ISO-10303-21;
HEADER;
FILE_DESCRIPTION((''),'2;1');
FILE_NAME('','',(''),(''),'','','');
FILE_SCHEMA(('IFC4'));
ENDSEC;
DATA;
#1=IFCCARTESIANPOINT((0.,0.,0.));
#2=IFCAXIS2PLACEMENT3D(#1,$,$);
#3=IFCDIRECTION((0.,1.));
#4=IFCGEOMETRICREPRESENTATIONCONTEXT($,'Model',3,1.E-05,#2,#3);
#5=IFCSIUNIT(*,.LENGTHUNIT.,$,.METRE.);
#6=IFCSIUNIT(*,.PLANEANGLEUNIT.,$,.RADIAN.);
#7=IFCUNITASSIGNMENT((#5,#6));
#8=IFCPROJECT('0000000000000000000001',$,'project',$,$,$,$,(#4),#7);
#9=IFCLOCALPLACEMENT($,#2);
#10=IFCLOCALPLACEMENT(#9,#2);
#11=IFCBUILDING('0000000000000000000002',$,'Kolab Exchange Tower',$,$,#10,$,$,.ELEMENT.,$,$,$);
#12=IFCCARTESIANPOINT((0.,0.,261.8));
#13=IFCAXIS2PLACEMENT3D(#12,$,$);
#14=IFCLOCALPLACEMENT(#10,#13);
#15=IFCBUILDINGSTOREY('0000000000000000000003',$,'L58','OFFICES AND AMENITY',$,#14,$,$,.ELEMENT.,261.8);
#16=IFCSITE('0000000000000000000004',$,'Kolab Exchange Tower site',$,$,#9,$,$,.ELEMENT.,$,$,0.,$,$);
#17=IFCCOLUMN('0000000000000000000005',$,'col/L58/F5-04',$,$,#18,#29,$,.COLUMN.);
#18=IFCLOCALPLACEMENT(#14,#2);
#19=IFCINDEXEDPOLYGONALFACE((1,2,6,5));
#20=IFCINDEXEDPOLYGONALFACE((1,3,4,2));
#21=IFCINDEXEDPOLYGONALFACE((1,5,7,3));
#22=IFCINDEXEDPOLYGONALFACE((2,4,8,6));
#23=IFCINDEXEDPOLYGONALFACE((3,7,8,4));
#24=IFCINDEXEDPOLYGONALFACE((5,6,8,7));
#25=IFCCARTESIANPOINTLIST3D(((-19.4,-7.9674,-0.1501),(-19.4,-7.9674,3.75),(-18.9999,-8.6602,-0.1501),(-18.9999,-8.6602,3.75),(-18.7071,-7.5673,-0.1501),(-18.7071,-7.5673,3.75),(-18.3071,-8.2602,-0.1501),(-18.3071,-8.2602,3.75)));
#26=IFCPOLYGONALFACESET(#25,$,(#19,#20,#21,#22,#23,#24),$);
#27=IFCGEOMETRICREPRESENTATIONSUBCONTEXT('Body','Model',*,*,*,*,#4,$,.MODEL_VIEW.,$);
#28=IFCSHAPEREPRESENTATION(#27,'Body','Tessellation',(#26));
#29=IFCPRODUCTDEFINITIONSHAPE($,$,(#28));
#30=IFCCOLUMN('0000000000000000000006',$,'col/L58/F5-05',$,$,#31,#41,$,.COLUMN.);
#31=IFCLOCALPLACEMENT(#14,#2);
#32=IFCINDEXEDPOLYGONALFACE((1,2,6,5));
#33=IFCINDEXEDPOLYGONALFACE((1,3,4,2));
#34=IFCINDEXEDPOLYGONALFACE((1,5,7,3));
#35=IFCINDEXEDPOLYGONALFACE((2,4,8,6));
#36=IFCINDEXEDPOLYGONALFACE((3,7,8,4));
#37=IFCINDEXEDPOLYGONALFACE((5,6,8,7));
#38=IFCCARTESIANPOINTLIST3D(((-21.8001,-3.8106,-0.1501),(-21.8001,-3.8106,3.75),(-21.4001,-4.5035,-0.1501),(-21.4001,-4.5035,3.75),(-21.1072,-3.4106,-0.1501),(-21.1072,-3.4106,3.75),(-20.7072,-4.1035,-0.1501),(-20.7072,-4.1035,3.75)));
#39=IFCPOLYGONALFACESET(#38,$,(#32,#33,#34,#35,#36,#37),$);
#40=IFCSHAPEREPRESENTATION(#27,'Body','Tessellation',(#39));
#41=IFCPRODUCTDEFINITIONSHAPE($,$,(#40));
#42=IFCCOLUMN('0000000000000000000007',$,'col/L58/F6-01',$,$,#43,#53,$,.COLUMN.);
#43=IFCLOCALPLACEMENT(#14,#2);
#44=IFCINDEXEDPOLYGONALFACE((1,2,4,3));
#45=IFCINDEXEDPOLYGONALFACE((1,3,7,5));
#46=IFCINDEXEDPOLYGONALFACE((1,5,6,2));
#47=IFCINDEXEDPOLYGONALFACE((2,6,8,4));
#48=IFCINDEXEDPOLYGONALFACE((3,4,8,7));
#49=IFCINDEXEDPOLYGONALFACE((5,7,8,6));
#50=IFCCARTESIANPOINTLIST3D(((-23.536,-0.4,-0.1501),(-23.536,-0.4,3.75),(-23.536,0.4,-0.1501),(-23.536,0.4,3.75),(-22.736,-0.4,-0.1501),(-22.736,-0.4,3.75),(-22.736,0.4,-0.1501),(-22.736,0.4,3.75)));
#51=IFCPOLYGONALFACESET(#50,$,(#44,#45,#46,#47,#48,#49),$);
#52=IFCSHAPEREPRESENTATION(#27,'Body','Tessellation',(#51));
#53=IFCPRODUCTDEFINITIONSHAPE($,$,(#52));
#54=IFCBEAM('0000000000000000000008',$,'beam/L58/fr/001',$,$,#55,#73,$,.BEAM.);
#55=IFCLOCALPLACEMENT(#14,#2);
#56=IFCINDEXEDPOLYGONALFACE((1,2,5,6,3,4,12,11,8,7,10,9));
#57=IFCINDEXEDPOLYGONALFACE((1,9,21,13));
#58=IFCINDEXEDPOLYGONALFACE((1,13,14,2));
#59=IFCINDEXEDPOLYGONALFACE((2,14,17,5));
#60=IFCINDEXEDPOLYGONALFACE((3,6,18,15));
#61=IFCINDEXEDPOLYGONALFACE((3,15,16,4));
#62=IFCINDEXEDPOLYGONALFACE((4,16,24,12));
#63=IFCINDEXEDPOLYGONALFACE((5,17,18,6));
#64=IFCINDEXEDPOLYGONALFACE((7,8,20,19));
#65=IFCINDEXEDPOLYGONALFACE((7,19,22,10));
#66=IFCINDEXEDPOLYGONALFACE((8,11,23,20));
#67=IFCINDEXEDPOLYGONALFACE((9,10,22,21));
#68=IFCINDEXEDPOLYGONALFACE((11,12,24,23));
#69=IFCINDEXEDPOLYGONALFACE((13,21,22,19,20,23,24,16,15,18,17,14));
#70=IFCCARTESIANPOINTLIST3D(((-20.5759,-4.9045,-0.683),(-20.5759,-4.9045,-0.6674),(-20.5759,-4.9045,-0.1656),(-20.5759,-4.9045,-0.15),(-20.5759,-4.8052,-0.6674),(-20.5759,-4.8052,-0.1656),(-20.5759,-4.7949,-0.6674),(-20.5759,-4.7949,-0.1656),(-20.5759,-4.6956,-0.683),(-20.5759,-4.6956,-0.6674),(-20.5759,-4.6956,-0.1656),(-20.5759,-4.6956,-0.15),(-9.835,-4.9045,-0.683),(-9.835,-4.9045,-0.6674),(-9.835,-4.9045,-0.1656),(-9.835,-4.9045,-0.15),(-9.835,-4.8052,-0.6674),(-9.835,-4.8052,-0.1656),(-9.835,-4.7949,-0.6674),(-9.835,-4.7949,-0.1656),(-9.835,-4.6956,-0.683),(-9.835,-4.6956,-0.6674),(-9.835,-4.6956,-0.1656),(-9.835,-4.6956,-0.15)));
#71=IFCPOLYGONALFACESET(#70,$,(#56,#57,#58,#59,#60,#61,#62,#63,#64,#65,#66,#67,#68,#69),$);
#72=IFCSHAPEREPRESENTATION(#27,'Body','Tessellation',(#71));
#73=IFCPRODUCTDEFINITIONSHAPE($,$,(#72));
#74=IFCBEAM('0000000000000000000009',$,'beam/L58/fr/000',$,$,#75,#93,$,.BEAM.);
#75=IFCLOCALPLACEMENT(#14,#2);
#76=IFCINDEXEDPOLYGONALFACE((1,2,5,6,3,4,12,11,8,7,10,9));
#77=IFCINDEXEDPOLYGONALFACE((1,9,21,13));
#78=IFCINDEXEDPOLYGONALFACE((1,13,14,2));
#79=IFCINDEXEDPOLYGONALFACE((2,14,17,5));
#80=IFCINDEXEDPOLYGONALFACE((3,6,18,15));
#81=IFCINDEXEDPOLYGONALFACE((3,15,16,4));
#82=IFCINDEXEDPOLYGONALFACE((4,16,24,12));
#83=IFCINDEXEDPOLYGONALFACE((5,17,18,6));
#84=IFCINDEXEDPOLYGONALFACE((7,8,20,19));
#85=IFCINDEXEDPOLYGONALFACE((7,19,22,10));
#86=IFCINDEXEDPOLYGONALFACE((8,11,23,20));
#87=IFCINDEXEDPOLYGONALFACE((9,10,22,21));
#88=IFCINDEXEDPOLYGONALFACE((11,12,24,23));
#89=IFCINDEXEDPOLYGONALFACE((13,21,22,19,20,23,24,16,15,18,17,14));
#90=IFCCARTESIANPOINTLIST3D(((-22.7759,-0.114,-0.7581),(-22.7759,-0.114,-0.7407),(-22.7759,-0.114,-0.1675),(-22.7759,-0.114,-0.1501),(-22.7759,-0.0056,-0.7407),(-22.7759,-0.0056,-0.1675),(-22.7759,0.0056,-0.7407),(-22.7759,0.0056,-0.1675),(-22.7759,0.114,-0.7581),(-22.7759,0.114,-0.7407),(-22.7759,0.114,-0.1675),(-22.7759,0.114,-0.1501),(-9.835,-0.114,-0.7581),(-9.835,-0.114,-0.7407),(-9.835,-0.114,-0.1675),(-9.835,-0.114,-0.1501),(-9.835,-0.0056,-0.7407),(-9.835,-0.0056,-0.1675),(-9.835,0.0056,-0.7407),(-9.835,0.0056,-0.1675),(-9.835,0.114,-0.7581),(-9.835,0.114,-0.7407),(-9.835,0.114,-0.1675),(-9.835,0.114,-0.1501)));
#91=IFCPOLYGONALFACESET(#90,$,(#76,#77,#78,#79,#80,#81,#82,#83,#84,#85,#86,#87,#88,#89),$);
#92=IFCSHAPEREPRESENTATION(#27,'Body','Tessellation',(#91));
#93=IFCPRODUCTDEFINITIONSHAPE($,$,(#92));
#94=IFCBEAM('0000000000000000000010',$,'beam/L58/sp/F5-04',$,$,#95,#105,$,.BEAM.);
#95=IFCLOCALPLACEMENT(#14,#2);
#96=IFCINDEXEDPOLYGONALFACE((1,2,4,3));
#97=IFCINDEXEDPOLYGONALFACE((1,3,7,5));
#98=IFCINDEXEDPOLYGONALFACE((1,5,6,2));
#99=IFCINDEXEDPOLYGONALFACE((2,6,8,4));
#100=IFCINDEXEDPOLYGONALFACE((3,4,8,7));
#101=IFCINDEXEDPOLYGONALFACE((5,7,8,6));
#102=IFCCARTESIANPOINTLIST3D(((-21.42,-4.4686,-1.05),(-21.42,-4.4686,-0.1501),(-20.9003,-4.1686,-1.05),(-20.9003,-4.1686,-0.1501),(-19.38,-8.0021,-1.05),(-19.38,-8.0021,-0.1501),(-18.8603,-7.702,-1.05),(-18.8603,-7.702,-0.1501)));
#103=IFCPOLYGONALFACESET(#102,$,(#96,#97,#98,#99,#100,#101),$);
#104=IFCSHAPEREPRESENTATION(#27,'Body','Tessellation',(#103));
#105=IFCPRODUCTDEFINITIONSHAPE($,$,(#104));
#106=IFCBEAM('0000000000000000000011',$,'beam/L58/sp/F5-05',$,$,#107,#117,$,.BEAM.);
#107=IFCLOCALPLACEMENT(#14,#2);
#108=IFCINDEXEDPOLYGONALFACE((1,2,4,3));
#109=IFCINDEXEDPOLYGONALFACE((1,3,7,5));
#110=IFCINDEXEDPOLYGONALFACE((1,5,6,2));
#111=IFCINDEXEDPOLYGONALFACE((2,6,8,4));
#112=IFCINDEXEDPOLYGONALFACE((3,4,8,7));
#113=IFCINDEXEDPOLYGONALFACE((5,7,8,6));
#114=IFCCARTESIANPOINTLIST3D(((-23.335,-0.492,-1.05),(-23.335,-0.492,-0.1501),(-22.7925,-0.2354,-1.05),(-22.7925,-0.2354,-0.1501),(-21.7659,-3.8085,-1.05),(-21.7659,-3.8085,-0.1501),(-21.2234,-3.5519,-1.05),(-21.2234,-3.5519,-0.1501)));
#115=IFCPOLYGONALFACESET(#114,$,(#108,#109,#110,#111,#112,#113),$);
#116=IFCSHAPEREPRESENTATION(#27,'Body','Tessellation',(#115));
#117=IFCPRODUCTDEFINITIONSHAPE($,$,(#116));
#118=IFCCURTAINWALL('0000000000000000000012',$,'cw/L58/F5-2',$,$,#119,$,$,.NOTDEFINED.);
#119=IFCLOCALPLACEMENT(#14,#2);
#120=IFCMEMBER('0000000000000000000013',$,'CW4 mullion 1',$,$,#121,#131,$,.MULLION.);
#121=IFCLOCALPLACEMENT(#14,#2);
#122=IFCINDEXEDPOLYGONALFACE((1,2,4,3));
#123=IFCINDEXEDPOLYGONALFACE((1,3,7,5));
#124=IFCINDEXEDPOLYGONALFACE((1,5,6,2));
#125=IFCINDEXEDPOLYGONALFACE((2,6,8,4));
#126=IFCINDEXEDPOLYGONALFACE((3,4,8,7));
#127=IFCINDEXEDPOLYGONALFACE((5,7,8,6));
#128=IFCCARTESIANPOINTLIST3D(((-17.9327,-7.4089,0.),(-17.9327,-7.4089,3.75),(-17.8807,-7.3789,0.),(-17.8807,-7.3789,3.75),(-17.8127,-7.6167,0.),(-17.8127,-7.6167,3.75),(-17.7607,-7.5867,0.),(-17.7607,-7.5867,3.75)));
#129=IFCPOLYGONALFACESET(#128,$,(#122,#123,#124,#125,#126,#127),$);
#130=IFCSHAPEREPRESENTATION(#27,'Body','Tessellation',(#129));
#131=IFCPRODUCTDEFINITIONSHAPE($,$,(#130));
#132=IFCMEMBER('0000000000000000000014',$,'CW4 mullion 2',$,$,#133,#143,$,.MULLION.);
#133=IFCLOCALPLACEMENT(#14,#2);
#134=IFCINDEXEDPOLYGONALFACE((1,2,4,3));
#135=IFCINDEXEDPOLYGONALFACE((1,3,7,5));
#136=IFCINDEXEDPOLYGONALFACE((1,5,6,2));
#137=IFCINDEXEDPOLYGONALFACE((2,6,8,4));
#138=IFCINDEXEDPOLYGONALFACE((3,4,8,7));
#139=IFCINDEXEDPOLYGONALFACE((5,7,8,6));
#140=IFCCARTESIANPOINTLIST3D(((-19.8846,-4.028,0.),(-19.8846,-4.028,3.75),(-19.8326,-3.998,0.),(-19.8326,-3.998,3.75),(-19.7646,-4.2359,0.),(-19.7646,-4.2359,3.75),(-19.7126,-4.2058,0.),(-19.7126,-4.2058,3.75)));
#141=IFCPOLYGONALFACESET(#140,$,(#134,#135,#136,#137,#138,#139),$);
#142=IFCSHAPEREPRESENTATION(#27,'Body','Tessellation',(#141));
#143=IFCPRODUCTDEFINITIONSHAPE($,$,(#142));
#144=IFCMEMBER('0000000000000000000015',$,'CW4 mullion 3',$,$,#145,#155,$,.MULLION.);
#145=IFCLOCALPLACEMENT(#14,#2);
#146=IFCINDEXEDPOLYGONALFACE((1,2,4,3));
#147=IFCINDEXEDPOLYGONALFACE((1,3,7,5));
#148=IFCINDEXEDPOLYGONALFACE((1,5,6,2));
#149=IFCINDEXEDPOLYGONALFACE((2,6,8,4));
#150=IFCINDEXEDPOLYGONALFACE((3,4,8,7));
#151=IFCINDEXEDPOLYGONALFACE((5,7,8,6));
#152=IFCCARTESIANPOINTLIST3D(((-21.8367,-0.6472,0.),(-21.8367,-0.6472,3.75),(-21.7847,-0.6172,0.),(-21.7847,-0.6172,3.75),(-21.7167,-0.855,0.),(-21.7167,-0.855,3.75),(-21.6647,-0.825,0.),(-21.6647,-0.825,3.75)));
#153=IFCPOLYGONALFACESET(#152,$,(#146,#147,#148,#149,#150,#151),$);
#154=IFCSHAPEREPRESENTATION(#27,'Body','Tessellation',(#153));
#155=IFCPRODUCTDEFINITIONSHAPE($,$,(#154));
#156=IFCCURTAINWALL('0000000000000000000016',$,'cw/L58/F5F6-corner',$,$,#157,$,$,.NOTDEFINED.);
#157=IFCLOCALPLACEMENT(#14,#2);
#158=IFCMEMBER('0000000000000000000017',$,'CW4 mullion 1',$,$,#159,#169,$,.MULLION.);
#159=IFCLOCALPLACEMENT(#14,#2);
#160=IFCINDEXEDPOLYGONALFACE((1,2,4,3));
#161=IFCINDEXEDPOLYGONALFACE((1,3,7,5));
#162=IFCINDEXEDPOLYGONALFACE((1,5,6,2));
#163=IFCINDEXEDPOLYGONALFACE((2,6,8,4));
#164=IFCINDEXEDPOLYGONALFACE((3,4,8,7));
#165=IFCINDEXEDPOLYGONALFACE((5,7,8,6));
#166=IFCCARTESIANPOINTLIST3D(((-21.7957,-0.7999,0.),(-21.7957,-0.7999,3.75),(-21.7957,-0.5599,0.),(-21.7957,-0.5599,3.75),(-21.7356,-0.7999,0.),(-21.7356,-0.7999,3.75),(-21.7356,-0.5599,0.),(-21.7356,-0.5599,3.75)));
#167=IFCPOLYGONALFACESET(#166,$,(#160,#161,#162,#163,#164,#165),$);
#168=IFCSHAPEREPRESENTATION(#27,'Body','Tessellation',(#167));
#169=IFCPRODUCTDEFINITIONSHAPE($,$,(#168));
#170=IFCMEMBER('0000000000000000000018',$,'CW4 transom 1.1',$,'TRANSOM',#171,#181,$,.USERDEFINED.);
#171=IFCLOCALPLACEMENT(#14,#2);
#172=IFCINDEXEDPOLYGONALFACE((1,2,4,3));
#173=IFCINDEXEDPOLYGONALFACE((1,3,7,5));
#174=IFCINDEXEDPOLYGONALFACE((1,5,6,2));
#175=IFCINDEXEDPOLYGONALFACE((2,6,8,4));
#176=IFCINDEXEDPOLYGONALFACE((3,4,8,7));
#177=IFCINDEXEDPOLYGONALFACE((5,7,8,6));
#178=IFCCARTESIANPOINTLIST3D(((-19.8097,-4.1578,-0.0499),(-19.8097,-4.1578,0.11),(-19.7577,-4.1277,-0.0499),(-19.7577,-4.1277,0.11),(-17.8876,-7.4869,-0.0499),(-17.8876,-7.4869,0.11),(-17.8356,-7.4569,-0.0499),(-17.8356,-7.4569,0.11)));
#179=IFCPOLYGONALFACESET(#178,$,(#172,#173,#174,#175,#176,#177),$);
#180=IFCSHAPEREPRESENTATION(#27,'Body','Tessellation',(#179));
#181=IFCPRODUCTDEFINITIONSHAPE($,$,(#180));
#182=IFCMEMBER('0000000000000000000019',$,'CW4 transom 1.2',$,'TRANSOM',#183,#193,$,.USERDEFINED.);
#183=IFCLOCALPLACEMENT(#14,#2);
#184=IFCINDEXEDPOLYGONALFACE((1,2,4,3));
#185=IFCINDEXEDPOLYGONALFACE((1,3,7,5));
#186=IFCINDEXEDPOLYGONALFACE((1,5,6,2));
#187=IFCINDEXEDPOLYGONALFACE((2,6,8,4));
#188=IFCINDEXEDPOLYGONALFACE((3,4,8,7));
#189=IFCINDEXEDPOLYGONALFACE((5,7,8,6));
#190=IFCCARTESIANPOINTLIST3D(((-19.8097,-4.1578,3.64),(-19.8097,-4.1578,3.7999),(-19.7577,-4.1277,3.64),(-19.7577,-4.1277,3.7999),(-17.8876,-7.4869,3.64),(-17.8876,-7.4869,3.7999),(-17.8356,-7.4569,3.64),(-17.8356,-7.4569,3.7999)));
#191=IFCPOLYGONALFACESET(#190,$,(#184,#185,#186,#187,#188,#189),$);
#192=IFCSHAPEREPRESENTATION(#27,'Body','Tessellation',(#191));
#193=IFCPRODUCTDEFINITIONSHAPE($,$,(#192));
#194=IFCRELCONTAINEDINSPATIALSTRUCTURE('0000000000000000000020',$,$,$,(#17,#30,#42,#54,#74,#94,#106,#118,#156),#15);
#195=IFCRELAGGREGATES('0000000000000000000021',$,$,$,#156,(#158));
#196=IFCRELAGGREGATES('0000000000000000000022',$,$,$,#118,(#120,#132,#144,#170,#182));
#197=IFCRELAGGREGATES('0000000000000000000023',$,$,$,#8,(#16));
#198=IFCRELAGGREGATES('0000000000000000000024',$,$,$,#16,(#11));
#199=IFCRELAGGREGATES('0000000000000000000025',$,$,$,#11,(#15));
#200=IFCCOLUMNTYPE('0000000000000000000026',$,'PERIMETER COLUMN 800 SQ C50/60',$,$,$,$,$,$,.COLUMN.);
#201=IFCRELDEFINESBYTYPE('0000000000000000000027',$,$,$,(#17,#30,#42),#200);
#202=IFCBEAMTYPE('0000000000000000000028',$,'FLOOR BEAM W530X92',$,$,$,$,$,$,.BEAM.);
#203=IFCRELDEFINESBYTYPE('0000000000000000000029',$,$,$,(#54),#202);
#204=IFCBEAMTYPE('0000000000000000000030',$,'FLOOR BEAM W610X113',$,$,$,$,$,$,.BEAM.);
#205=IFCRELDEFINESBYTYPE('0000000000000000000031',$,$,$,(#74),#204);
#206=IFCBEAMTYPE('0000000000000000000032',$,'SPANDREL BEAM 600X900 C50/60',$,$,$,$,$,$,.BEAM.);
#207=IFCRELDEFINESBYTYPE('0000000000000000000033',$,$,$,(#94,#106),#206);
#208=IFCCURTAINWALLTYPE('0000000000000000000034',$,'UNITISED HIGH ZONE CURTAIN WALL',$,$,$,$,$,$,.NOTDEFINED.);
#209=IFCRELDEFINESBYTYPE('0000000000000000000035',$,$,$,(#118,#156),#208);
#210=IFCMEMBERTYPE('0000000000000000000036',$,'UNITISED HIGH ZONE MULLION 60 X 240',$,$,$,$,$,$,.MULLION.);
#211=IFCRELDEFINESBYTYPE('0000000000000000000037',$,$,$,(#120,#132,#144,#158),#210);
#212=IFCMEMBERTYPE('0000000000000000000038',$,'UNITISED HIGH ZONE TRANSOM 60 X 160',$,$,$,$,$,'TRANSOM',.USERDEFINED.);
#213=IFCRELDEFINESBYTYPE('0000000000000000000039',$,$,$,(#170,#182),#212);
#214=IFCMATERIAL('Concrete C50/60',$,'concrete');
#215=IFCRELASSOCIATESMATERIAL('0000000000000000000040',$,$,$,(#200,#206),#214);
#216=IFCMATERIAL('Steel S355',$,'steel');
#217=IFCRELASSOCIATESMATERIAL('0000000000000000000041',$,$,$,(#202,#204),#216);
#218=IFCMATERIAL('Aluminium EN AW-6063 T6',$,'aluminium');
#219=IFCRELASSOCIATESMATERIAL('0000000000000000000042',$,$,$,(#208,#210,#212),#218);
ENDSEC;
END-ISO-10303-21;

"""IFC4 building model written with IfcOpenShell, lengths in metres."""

from ifc_helpers import new_model, si_unit, direction, frame, origin, origin_2d, place, context, subcontext, project, spatial, rectangle, i_section, extrude, material, material_profile, profile_set, type_object, element, aggregate, save


model = new_model("IFC4")

# Units and contexts
model_context = context("Model", 3, precision=1e-05, world=origin(), true_north=direction((0.0, 1.0)))
body_context = subcontext(model_context, "Body", "Model", "MODEL_VIEW")
ifc_project = project(units=[si_unit("LENGTHUNIT", "METRE"), si_unit("PLANEANGLEUNIT", "RADIAN")], contexts=[model_context])

# Site, building, storey
site_placement = place(None, origin())
site = spatial("IfcSite", under=ifc_project, at=site_placement, Name="Kolab Exchange Tower site", CompositionType="ELEMENT", RefElevation=0.0)
building_placement = place(site_placement, origin())
building = spatial("IfcBuilding", under=site, at=building_placement, Name="Kolab Exchange Tower", CompositionType="ELEMENT")
storey_placement = place(building_placement, frame((0.0, 0.0, 261.8)))
storey = spatial("IfcBuildingStorey", under=building, at=storey_placement, Name="L58", Description="OFFICES AND AMENITY", CompositionType="ELEMENT", Elevation=261.8)

# Columns
ifc_material_1 = material(Name="Concrete C50/60", Category="concrete")
ifc_material_profile_1 = material_profile(ifc_material_1, rectangle(XDim=0.8, YDim=0.8, at=origin_2d()), Name="RC800")
ifc_profile_set_1 = profile_set([ifc_material_profile_1], Name="Concrete C50/60")
column_type = type_object("IfcColumnType", Name="PERIMETER COLUMN 800 SQ C50/60", PredefinedType="COLUMN", material=ifc_profile_set_1)
for number, where, z_axis, x_axis, name in (
    (1, (-18.8535, -8.1138, -0.1501), (0.0, 0.0, 1.0), (0.866025, 0.5, 0.0), "col/L58/F5-04"),
    (2, (-21.2537, -3.957, -0.1501), (0.0, 0.0, 1.0), (0.866025, 0.5, 0.0), "col/L58/F5-05"),
    (3, (-23.136, 0.0, -0.1501), (0.0, 0.0, 1.0), (1.0, 0.0, 0.0), "col/L58/F6-01"),
):
    element("IfcColumn", number, at=place(storey_placement, frame(where, z_axis=z_axis, x_axis=x_axis)), inside=storey, type_object=column_type, Name=name, PredefinedType="COLUMN", context=body_context, shape_type="SweptSolid", body=[
        extrude(rectangle(XDim=0.8, YDim=0.8, at=origin_2d()), origin(), (0.0, 0.0, 1.0), 3.9001),
    ])

# Beams
ifc_material_2 = material(Name="Steel S355", Category="steel")
ifc_material_profile_2 = material_profile(ifc_material_2, i_section(OverallWidth=0.209, OverallDepth=0.533, WebThickness=0.0103, FlangeThickness=0.0156, at=origin_2d()), Name="W530X92")
ifc_profile_set_2 = profile_set([ifc_material_profile_2], Name="Steel S355")
beam_type_1 = type_object("IfcBeamType", Name="FLOOR BEAM W530X92", PredefinedType="BEAM", material=ifc_profile_set_2)
beam_1_placement = place(storey_placement, frame((-20.5759, -4.8, -0.4165), z_axis=(1.0, 0.0, 0.0), x_axis=(0.0, 1.0, 0.0)))
element("IfcBeam", 4, at=beam_1_placement, inside=storey, type_object=beam_type_1, Name="beam/L58/fr/001", PredefinedType="BEAM", context=body_context, shape_type="SweptSolid", body=[
    extrude(i_section(OverallWidth=0.209, OverallDepth=0.533, WebThickness=0.0103, FlangeThickness=0.0156, at=origin_2d()), origin(), (0.0, 0.0, 1.0), 10.741),
])
ifc_material_profile_3 = material_profile(ifc_material_2, i_section(OverallWidth=0.228, OverallDepth=0.6079, WebThickness=0.0112, FlangeThickness=0.0173, at=origin_2d()), Name="W610X113")
ifc_profile_set_3 = profile_set([ifc_material_profile_3], Name="Steel S355")
beam_type_2 = type_object("IfcBeamType", Name="FLOOR BEAM W610X113", PredefinedType="BEAM", material=ifc_profile_set_3)
beam_2_placement = place(storey_placement, frame((-22.7759, 0.0, -0.4541), z_axis=(1.0, 0.0, 0.0), x_axis=(0.0, 1.0, 0.0)))
element("IfcBeam", 5, at=beam_2_placement, inside=storey, type_object=beam_type_2, Name="beam/L58/fr/000", PredefinedType="BEAM", context=body_context, shape_type="SweptSolid", body=[
    extrude(i_section(OverallWidth=0.228, OverallDepth=0.6079, WebThickness=0.0112, FlangeThickness=0.0173, at=origin_2d()), origin(), (0.0, 0.0, 1.0), 12.9409),
])
ifc_material_profile_4 = material_profile(ifc_material_1, rectangle(XDim=0.6001, YDim=0.8999, at=origin_2d()), Name="RC600X900")
ifc_profile_set_4 = profile_set([ifc_material_profile_4], Name="Concrete C50/60")
beam_type_3 = type_object("IfcBeamType", Name="SPANDREL BEAM 600X900 C50/60", PredefinedType="BEAM", material=ifc_profile_set_4)
beam_3_placement = place(storey_placement, frame((-19.1201, -7.8521, -0.6001), z_axis=(-0.5, 0.866025, 0.0), x_axis=(-0.866025, -0.5, 0.0)))
element("IfcBeam", 6, at=beam_3_placement, inside=storey, type_object=beam_type_3, Name="beam/L58/sp/F5-04", PredefinedType="BEAM", context=body_context, shape_type="SweptSolid", body=[
    extrude(rectangle(XDim=0.6001, YDim=0.8999, at=origin_2d()), origin(), (0.0, 0.0, 1.0), 4.0801),
])
beam_4_placement = place(storey_placement, frame((-21.4946, -3.6802, -0.6001), z_axis=(-0.427677, 0.903932, 0.0), x_axis=(-0.903932, -0.427677, 0.0)))
element("IfcBeam", 7, at=beam_4_placement, inside=storey, type_object=beam_type_3, Name="beam/L58/sp/F5-05", PredefinedType="BEAM", context=body_context, shape_type="SweptSolid", body=[
    extrude(rectangle(XDim=0.6001, YDim=0.8999, at=origin_2d()), origin(), (0.0, 0.0, 1.0), 3.6689),
])

# Curtain wall, members
ifc_material_3 = material(Name="Aluminium EN AW-6063 T6", Category="aluminium")
curtain_wall_type = type_object("IfcCurtainWallType", Name="UNITISED HIGH ZONE CURTAIN WALL", PredefinedType="NOTDEFINED", material=ifc_material_3)
curtain_wall_1_placement = place(storey_placement, origin())
curtain_wall_1 = element("IfcCurtainWall", 8, at=curtain_wall_1_placement, inside=storey, type_object=curtain_wall_type, Name="cw/L58/F5-2", PredefinedType="NOTDEFINED")
ifc_material_profile_5 = material_profile(ifc_material_3, rectangle(XDim=0.0601, YDim=0.24, at=origin_2d()), Name="RECT 60X240")
ifc_profile_set_5 = profile_set([ifc_material_profile_5], Name="Aluminium EN AW-6063 T6")
member_type_1 = type_object("IfcMemberType", Name="UNITISED HIGH ZONE MULLION 60 X 240", PredefinedType="MULLION", material=ifc_profile_set_5)
member_1_placement = place(storey_placement, frame((-17.8467, -7.4978, 0.0), z_axis=(0.0, 0.0, 1.0), x_axis=(-0.866025, -0.5, 0.0)))
member_1 = element("IfcMember", 9, at=member_1_placement, type_object=member_type_1, Name="CW4 mullion 1", PredefinedType="MULLION", context=body_context, shape_type="SweptSolid", body=[
    extrude(rectangle(XDim=0.0601, YDim=0.24, at=origin_2d()), origin(), (0.0, 0.0, 1.0), 3.75),
])
member_2_placement = place(storey_placement, frame((-19.7986, -4.1169, 0.0), z_axis=(0.0, 0.0, 1.0), x_axis=(-0.866025, -0.5, 0.0)))
member_2 = element("IfcMember", 10, at=member_2_placement, type_object=member_type_1, Name="CW4 mullion 2", PredefinedType="MULLION", context=body_context, shape_type="SweptSolid", body=[
    extrude(rectangle(XDim=0.0601, YDim=0.24, at=origin_2d()), origin(), (0.0, 0.0, 1.0), 3.75),
])
member_3_placement = place(storey_placement, frame((-21.7507, -0.7361, 0.0), z_axis=(0.0, 0.0, 1.0), x_axis=(-0.866025, -0.5, 0.0)))
member_3 = element("IfcMember", 11, at=member_3_placement, type_object=member_type_1, Name="CW4 mullion 3", PredefinedType="MULLION", context=body_context, shape_type="SweptSolid", body=[
    extrude(rectangle(XDim=0.0601, YDim=0.24, at=origin_2d()), origin(), (0.0, 0.0, 1.0), 3.75),
])

# Curtain wall, member
curtain_wall_2_placement = place(storey_placement, origin())
curtain_wall_2 = element("IfcCurtainWall", 12, at=curtain_wall_2_placement, inside=storey, type_object=curtain_wall_type, Name="cw/L58/F5F6-corner", PredefinedType="NOTDEFINED")
member_4_placement = place(storey_placement, frame((-21.7656, -0.6799, 0.0), z_axis=(0.0, 0.0, 1.0), x_axis=(-1.0, 0.0, 0.0)))
member_4 = element("IfcMember", 13, at=member_4_placement, type_object=member_type_1, Name="CW4 mullion 1", PredefinedType="MULLION", context=body_context, shape_type="SweptSolid", body=[
    extrude(rectangle(XDim=0.0601, YDim=0.24, at=origin_2d()), origin(), (0.0, 0.0, 1.0), 3.75),
])

# Members
ifc_material_profile_6 = material_profile(ifc_material_3, rectangle(XDim=0.0601, YDim=0.1599, at=origin_2d()), Name="RECT 60X160")
ifc_profile_set_6 = profile_set([ifc_material_profile_6], Name="Aluminium EN AW-6063 T6")
member_type_2 = type_object("IfcMemberType", Name="UNITISED HIGH ZONE TRANSOM 60 X 160", ElementType="TRANSOM", PredefinedType="USERDEFINED", material=ifc_profile_set_6)
member_5_placement = place(storey_placement, frame((-17.8616, -7.4719, 0.03), z_axis=(-0.500012, 0.866018, 0.0), x_axis=(-0.866018, -0.500012, 0.0)))
member_5 = element("IfcMember", 14, at=member_5_placement, type_object=member_type_2, Name="CW4 transom 1.1", ObjectType="TRANSOM", PredefinedType="USERDEFINED", context=body_context, shape_type="SweptSolid", body=[
    extrude(rectangle(XDim=0.0601, YDim=0.1599, at=origin_2d()), origin(), (0.0, 0.0, 1.0), 3.8442),
])
member_6_placement = place(storey_placement, frame((-17.8616, -7.4719, 3.72), z_axis=(-0.500012, 0.866018, 0.0), x_axis=(-0.866018, -0.500012, 0.0)))
member_6 = element("IfcMember", 15, at=member_6_placement, type_object=member_type_2, Name="CW4 transom 1.2", ObjectType="TRANSOM", PredefinedType="USERDEFINED", context=body_context, shape_type="SweptSolid", body=[
    extrude(rectangle(XDim=0.0601, YDim=0.1599, at=origin_2d()), origin(), (0.0, 0.0, 1.0), 3.8442),
])
aggregate(curtain_wall_2, [member_4])

aggregate(curtain_wall_1, [member_1, member_2, member_3, member_5, member_6])

save(model, "model.ifc")
